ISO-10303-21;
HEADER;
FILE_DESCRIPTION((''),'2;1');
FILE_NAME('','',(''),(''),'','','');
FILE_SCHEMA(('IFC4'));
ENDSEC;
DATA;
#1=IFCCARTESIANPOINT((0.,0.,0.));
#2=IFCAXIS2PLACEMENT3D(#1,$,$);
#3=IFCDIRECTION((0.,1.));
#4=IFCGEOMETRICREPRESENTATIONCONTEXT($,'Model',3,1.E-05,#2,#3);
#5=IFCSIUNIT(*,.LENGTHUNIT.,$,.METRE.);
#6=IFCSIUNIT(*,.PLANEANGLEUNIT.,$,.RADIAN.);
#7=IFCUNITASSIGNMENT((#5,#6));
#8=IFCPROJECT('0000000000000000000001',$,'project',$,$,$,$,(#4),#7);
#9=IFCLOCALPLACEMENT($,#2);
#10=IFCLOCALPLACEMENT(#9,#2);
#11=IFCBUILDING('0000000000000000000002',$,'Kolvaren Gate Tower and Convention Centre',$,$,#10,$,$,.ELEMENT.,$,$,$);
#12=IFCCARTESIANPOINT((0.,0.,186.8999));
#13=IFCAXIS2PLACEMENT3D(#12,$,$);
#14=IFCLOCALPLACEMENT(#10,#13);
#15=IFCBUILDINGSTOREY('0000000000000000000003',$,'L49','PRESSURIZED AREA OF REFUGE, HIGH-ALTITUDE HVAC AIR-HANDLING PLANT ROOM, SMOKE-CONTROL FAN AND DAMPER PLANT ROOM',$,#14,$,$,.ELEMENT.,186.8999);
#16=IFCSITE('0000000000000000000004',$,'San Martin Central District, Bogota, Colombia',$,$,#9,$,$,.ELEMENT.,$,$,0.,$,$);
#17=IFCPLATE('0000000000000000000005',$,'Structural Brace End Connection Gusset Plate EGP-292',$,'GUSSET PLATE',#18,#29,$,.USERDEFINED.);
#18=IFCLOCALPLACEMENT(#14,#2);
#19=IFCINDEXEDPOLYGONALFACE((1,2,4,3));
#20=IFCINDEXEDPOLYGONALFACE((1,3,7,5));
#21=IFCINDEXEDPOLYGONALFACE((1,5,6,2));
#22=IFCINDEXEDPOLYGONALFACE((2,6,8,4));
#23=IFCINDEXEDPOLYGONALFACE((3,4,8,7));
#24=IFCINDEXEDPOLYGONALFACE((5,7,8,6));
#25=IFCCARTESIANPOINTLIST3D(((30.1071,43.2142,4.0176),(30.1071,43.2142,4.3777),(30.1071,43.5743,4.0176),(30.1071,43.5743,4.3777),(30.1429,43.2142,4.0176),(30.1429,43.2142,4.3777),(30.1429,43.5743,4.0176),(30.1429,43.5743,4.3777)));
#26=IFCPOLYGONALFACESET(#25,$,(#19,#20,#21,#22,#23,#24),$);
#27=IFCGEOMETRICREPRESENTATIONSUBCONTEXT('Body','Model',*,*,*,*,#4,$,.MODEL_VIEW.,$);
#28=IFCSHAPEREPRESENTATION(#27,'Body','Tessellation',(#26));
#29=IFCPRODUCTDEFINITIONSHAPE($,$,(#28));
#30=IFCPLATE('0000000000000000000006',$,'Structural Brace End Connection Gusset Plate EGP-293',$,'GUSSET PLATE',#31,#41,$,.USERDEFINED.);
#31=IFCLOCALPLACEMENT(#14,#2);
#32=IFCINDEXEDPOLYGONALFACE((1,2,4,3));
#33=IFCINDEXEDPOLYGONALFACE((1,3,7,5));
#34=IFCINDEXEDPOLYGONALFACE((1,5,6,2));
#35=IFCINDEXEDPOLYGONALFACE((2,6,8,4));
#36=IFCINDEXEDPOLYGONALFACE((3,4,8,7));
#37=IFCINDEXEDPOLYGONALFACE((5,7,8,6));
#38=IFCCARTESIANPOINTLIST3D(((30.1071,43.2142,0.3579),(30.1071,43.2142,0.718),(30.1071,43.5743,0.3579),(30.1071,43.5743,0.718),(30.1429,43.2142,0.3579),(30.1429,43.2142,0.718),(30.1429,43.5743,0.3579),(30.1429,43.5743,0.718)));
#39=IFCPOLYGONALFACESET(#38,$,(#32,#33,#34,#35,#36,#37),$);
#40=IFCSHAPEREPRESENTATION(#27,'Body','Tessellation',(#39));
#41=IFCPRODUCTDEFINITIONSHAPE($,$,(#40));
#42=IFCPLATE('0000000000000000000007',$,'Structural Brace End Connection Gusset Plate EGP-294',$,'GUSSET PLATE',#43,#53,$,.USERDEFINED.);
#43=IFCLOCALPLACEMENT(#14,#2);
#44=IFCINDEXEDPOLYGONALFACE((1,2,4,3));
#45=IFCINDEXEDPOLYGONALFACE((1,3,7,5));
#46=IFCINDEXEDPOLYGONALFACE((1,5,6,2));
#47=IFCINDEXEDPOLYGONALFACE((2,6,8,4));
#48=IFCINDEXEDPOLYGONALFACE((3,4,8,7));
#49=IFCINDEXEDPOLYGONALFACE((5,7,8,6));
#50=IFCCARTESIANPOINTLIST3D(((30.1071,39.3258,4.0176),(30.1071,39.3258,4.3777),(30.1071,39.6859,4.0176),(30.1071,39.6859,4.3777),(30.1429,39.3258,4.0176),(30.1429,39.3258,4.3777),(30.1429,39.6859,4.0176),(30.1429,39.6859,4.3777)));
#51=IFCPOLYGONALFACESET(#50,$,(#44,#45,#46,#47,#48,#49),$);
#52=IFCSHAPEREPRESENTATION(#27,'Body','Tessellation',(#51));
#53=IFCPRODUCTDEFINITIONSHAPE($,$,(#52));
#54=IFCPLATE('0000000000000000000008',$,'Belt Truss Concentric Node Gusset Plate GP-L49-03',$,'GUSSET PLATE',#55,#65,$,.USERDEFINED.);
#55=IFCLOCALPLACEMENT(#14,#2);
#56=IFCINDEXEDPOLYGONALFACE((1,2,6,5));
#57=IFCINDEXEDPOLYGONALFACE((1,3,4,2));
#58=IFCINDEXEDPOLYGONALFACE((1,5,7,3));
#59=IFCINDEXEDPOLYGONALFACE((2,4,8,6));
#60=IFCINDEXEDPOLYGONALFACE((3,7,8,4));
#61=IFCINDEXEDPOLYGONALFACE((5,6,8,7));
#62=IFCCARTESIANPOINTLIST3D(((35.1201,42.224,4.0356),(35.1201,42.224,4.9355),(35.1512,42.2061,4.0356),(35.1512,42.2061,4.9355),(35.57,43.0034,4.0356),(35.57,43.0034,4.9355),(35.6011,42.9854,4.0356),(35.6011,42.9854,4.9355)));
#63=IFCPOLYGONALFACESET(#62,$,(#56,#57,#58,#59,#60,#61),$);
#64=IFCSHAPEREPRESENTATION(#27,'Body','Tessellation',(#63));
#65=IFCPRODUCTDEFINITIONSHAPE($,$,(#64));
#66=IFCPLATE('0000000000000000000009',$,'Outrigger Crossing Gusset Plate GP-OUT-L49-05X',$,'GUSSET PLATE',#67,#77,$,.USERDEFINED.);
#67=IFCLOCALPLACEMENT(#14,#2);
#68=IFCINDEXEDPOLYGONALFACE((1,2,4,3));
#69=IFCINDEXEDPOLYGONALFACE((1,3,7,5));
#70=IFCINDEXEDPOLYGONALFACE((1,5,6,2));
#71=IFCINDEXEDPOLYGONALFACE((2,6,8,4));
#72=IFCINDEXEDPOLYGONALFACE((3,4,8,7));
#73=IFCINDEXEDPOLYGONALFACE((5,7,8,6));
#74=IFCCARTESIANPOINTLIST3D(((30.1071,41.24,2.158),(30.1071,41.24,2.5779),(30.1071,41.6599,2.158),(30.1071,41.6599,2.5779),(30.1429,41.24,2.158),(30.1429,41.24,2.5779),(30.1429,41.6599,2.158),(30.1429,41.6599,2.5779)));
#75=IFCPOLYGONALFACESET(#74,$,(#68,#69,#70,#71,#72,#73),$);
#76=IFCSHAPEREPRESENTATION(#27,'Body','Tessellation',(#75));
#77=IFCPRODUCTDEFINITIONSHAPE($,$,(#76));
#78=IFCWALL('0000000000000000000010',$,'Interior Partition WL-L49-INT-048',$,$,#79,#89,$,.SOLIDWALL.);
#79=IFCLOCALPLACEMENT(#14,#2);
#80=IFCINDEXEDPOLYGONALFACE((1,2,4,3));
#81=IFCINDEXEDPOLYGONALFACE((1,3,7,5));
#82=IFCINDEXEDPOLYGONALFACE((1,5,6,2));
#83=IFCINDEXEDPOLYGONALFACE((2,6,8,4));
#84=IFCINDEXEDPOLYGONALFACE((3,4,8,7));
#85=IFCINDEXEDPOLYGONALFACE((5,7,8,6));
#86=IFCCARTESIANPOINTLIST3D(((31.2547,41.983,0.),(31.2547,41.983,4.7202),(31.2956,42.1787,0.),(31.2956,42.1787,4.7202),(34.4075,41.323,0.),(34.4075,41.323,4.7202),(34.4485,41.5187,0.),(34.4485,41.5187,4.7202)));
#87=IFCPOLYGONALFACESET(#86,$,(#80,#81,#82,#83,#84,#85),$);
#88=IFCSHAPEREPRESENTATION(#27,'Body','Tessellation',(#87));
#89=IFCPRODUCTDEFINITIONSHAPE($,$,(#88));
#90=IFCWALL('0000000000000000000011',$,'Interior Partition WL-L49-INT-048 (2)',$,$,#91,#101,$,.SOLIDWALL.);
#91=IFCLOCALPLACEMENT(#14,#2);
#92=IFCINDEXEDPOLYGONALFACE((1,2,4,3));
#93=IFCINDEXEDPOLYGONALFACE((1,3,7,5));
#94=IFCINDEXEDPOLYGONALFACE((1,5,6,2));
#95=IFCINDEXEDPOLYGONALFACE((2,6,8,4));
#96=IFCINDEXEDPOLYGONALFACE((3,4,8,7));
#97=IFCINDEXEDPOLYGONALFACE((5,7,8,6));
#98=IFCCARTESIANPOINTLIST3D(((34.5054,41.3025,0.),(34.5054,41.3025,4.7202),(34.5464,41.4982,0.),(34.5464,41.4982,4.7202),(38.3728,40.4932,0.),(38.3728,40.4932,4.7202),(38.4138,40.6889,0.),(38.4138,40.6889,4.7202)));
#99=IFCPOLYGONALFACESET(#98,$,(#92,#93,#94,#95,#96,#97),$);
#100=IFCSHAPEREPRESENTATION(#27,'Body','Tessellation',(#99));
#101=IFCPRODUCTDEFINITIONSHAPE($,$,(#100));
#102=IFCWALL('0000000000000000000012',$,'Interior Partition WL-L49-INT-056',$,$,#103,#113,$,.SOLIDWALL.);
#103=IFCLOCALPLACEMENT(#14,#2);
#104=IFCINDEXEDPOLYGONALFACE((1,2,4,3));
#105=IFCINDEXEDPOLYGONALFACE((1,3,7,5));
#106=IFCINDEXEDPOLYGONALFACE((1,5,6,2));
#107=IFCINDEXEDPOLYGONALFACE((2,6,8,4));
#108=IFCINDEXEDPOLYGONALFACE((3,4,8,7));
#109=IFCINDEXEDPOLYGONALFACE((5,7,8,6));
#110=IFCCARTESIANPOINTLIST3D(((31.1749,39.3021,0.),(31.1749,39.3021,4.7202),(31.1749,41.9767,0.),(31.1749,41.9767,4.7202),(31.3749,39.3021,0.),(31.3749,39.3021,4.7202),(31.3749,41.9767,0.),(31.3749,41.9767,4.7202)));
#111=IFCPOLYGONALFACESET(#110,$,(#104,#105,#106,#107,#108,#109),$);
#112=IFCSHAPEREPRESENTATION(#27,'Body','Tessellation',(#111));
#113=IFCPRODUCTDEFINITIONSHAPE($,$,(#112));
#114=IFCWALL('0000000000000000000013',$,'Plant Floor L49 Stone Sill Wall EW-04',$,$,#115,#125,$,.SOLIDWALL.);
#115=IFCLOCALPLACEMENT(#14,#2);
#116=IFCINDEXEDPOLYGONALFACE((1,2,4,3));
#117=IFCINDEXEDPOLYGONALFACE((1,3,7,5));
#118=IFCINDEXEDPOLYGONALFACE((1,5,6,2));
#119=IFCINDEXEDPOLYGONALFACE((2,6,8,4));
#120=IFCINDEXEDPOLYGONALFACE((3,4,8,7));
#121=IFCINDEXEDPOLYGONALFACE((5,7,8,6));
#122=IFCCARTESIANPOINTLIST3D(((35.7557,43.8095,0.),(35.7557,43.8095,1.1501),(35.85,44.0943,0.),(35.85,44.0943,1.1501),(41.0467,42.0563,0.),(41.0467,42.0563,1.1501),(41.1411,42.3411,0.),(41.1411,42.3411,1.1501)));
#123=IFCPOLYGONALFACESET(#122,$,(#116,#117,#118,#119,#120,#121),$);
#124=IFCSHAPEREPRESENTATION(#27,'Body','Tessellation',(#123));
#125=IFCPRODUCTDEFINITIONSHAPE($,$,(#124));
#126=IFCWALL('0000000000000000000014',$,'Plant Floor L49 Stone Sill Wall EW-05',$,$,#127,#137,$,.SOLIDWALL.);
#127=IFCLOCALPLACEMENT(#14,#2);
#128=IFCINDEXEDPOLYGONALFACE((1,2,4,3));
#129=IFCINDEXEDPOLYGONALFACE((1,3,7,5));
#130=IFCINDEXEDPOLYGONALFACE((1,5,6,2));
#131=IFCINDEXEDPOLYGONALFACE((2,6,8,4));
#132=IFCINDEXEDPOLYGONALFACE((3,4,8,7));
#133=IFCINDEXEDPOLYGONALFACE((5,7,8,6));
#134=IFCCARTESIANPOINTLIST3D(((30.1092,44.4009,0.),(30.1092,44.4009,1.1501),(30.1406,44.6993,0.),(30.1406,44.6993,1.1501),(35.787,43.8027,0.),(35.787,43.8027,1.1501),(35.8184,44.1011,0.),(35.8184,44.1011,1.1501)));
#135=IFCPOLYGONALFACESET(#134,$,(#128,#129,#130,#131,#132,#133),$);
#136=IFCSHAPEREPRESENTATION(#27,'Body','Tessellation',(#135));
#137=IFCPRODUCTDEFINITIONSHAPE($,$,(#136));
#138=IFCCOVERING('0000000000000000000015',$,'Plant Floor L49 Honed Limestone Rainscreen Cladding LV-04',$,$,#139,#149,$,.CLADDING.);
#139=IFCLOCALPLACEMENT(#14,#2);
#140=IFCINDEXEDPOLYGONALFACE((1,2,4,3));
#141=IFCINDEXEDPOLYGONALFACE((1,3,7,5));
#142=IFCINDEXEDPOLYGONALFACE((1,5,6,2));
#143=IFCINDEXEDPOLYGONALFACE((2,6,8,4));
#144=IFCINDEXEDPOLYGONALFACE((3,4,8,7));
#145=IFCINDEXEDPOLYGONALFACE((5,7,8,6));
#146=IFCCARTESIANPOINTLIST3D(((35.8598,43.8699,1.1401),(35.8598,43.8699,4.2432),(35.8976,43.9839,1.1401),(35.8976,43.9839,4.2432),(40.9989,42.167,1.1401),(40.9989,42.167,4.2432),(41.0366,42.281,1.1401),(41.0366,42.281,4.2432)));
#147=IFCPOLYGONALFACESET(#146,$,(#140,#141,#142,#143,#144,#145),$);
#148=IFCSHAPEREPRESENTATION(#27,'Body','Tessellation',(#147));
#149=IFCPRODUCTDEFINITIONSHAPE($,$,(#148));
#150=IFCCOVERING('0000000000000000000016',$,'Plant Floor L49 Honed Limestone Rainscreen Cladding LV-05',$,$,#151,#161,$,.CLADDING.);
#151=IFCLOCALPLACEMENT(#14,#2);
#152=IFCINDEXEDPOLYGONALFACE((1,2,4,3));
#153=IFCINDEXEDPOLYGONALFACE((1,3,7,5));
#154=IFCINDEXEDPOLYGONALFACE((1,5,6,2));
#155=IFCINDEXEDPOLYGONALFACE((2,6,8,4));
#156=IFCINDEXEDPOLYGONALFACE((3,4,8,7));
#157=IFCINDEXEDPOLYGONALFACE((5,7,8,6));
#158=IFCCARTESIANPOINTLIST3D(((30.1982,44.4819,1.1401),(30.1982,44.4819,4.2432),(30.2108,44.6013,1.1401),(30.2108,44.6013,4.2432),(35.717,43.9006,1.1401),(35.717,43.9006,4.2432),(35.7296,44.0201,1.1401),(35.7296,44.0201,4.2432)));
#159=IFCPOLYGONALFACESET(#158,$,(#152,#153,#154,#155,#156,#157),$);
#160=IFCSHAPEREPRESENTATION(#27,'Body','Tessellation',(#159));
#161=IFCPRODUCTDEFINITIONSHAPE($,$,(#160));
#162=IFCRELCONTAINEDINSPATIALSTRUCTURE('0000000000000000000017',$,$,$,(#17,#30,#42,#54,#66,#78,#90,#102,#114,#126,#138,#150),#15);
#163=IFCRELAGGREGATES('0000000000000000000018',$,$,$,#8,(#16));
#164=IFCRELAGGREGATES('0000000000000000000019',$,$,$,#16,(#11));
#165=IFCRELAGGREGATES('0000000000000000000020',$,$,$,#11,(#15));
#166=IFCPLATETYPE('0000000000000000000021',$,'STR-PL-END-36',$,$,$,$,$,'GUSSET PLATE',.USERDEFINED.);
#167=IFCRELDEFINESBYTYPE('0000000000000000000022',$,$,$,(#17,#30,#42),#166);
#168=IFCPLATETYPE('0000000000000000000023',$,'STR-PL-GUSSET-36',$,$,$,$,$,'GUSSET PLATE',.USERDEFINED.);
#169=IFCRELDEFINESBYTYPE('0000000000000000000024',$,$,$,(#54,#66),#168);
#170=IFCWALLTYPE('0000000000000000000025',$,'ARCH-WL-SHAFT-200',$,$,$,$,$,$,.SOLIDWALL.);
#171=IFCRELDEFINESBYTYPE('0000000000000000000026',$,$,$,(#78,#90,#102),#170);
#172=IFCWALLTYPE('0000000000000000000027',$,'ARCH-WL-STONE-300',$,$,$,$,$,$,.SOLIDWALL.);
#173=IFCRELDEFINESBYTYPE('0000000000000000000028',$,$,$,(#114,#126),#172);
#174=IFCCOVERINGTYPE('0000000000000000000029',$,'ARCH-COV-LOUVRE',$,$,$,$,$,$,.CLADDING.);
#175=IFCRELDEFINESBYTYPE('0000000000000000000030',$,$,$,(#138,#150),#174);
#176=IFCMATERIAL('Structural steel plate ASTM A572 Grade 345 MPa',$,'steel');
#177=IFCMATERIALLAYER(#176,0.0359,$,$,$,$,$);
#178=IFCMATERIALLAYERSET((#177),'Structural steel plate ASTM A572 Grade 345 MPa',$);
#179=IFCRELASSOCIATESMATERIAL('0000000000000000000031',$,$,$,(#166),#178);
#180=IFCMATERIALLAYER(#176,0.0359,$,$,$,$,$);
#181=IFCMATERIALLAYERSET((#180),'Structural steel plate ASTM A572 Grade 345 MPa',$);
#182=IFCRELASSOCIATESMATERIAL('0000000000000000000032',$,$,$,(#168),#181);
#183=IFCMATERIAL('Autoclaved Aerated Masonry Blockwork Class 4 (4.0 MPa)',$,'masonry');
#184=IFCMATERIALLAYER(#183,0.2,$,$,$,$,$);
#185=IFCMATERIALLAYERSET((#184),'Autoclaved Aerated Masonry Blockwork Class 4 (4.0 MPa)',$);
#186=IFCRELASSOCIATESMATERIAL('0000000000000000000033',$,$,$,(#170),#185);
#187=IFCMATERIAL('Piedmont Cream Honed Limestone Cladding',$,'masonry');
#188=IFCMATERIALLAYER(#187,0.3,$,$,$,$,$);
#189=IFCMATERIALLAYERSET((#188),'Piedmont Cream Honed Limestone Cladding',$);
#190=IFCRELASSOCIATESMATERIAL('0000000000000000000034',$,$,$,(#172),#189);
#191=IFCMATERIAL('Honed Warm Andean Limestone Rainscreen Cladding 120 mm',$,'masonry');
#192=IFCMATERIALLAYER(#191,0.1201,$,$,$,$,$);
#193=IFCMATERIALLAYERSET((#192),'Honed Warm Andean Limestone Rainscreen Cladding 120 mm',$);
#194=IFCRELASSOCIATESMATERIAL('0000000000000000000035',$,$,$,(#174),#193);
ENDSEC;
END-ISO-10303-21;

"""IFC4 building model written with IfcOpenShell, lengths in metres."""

from ifc_helpers import new_model, si_unit, direction, frame, frame_2d, origin, origin_2d, place, context, subcontext, project, spatial, rectangle, extrude, material, layer, layer_set, type_object, element, save


model = new_model("IFC4")

# Units and contexts
model_context = context("Model", 3, precision=1e-05, world=origin(), true_north=direction((0.0, 1.0)))
body_context = subcontext(model_context, "Body", "Model", "MODEL_VIEW")
ifc_project = project(units=[si_unit("LENGTHUNIT", "METRE"), si_unit("PLANEANGLEUNIT", "RADIAN")], contexts=[model_context])

# Site, building, storey
site_placement = place(None, origin())
site = spatial("IfcSite", under=ifc_project, at=site_placement, Name="San Martin Central District, Bogota, Colombia", CompositionType="ELEMENT", RefElevation=0.0)
building_placement = place(site_placement, origin())
building = spatial("IfcBuilding", under=site, at=building_placement, Name="Kolvaren Gate Tower and Convention Centre", CompositionType="ELEMENT")
storey_placement = place(building_placement, frame((0.0, 0.0, 186.8999)))
storey = spatial("IfcBuildingStorey", under=building, at=storey_placement, Name="L49", Description="PRESSURIZED AREA OF REFUGE, HIGH-ALTITUDE HVAC AIR-HANDLING PLANT ROOM, SMOKE-CONTROL FAN AND DAMPER PLANT ROOM", CompositionType="ELEMENT", Elevation=186.8999)

# Plates
ifc_material_1 = material(Name="Structural steel plate ASTM A572 Grade 345 MPa", Category="steel")
ifc_layer_1 = layer(ifc_material_1, 0.0359)
ifc_layer_set_1 = layer_set([ifc_layer_1], Name="Structural steel plate ASTM A572 Grade 345 MPa")
plate_type_1 = type_object("IfcPlateType", Name="STR-PL-END-36", ElementType="GUSSET PLATE", PredefinedType="USERDEFINED", material=ifc_layer_set_1)
for number, where, z_axis, x_axis, name in (
    (1, (30.125, 43.3943, 4.0176), (0.0, 0.0, 1.0), (0.0, 1.0, 0.0), "Structural Brace End Connection Gusset Plate EGP-292"),
    (2, (30.125, 43.3943, 0.3579), (0.0, 0.0, 1.0), (0.0, -1.0, 0.0), "Structural Brace End Connection Gusset Plate EGP-293"),
    (3, (30.125, 39.5059, 4.0176), (0.0, 0.0, 1.0), (0.0, -1.0, 0.0), "Structural Brace End Connection Gusset Plate EGP-294"),
):
    element("IfcPlate", number, at=place(storey_placement, frame(where, z_axis=z_axis, x_axis=x_axis)), inside=storey, type_object=plate_type_1, Name=name, ObjectType="GUSSET PLATE", PredefinedType="USERDEFINED", context=body_context, shape_type="SweptSolid", body=[
        extrude(rectangle(XDim=0.3601, YDim=0.0359, at=origin_2d()), origin(), (0.0, 0.0, 1.0), 0.3601),
    ])
ifc_layer_2 = layer(ifc_material_1, 0.0359)
ifc_layer_set_2 = layer_set([ifc_layer_2], Name="Structural steel plate ASTM A572 Grade 345 MPa")
plate_type_2 = type_object("IfcPlateType", Name="STR-PL-GUSSET-36", ElementType="GUSSET PLATE", PredefinedType="USERDEFINED", material=ifc_layer_set_2)
plate_1_placement = place(storey_placement, frame((35.3606, 42.6047, 4.0356), z_axis=(0.0, 0.0, 1.0), x_axis=(0.5, 0.866025, 0.0)))
element("IfcPlate", 4, at=plate_1_placement, inside=storey, type_object=plate_type_2, Name="Belt Truss Concentric Node Gusset Plate GP-L49-03", ObjectType="GUSSET PLATE", PredefinedType="USERDEFINED", context=body_context, shape_type="SweptSolid", body=[
    extrude(rectangle(XDim=0.8999, YDim=0.0359, at=origin_2d()), origin(), (0.0, 0.0, 1.0), 0.8999),
])
plate_2_placement = place(storey_placement, frame((30.125, 41.45, 2.158), z_axis=(0.0, 0.0, 1.0), x_axis=(0.0, 1.0, 0.0)))
element("IfcPlate", 5, at=plate_2_placement, inside=storey, type_object=plate_type_2, Name="Outrigger Crossing Gusset Plate GP-OUT-L49-05X", ObjectType="GUSSET PLATE", PredefinedType="USERDEFINED", context=body_context, shape_type="SweptSolid", body=[
    extrude(rectangle(XDim=0.4199, YDim=0.0359, at=origin_2d()), origin(), (0.0, 0.0, 1.0), 0.4199),
])

# Walls
ifc_material_2 = material(Name="Autoclaved Aerated Masonry Blockwork Class 4 (4.0 MPa)", Category="masonry")
ifc_layer_3 = layer(ifc_material_2, 0.2)
ifc_layer_set_3 = layer_set([ifc_layer_3], Name="Autoclaved Aerated Masonry Blockwork Class 4 (4.0 MPa)")
wall_type_1 = type_object("IfcWallType", Name="ARCH-WL-SHAFT-200", PredefinedType="SOLIDWALL", material=ifc_layer_set_3)
wall_1_placement = place(storey_placement, frame((31.2751, 42.0808, 0.0), z_axis=(0.0, 0.0, 1.0), x_axis=(0.97879, -0.204868, 0.0)))
element("IfcWall", 6, at=wall_1_placement, inside=storey, type_object=wall_type_1, Name="Interior Partition WL-L49-INT-048", PredefinedType="SOLIDWALL", context=body_context, shape_type="SweptSolid", body=[
    extrude(rectangle(XDim=3.2212, YDim=0.2, at=frame_2d((1.6106, 0.0))), origin(), (0.0, 0.0, 1.0), 4.7202),
])
wall_2_placement = place(storey_placement, frame((34.5259, 41.4004, 0.0), z_axis=(0.0, 0.0, 1.0), x_axis=(0.978798, -0.20483, 0.0)))
element("IfcWall", 7, at=wall_2_placement, inside=storey, type_object=wall_type_1, Name="Interior Partition WL-L49-INT-048 (2)", PredefinedType="SOLIDWALL", context=body_context, shape_type="SweptSolid", body=[
    extrude(rectangle(XDim=3.9512, YDim=0.2, at=frame_2d((1.9756, 0.0))), origin(), (0.0, 0.0, 1.0), 4.7202),
])
wall_3_placement = place(storey_placement, frame((31.2749, 39.302, 0.0), z_axis=(0.0, 0.0, 1.0), x_axis=(0.0, 1.0, 0.0)))
element("IfcWall", 8, at=wall_3_placement, inside=storey, type_object=wall_type_1, Name="Interior Partition WL-L49-INT-056", PredefinedType="SOLIDWALL", context=body_context, shape_type="SweptSolid", body=[
    extrude(rectangle(XDim=2.6746, YDim=0.2, at=frame_2d((1.3374, 0.0))), origin(), (0.0, 0.0, 1.0), 4.7202),
])
ifc_material_3 = material(Name="Piedmont Cream Honed Limestone Cladding", Category="masonry")
ifc_layer_4 = layer(ifc_material_3, 0.3)
ifc_layer_set_4 = layer_set([ifc_layer_4], Name="Piedmont Cream Honed Limestone Cladding")
wall_type_2 = type_object("IfcWallType", Name="ARCH-WL-STONE-300", PredefinedType="SOLIDWALL", material=ifc_layer_set_4)
wall_4_placement = place(storey_placement, frame((35.8027, 43.9519, 0.0), z_axis=(0.0, 0.0, 1.0), x_axis=(0.949247, -0.314532, 0.0)))
element("IfcWall", 9, at=wall_4_placement, inside=storey, type_object=wall_type_2, Name="Plant Floor L49 Stone Sill Wall EW-04", PredefinedType="SOLIDWALL", context=body_context, shape_type="SweptSolid", body=[
    extrude(rectangle(XDim=5.574, YDim=0.3, at=frame_2d((2.7871, 0.0))), origin(), (0.0, 0.0, 1.0), 1.1501),
])
wall_5_placement = place(storey_placement, frame((30.125, 44.55, 0.0), z_axis=(0.0, 0.0, 1.0), x_axis=(0.994497, -0.104769, 0.0)))
element("IfcWall", 10, at=wall_5_placement, inside=storey, type_object=wall_type_2, Name="Plant Floor L49 Stone Sill Wall EW-05", PredefinedType="SOLIDWALL", context=body_context, shape_type="SweptSolid", body=[
    extrude(rectangle(XDim=5.7092, YDim=0.3, at=frame_2d((2.8545, 0.0))), origin(), (0.0, 0.0, 1.0), 1.1501),
])

# Coverings
ifc_material_4 = material(Name="Honed Warm Andean Limestone Rainscreen Cladding 120 mm", Category="masonry")
ifc_layer_5 = layer(ifc_material_4, 0.1201)
ifc_layer_set_5 = layer_set([ifc_layer_5], Name="Honed Warm Andean Limestone Rainscreen Cladding 120 mm")
covering_type = type_object("IfcCoveringType", Name="ARCH-COV-LOUVRE", PredefinedType="CLADDING", material=ifc_layer_set_5)
covering_1_placement = place(storey_placement, frame((38.4482, 43.0754, 1.1401), z_axis=(0.0, 0.0, 1.0), x_axis=(0.94924, -0.314554, 0.0)))
element("IfcCovering", 11, at=covering_1_placement, inside=storey, type_object=covering_type, Name="Plant Floor L49 Honed Limestone Rainscreen Cladding LV-04", PredefinedType="CLADDING", context=body_context, shape_type="SweptSolid", body=[
    extrude(rectangle(XDim=5.4138, YDim=0.1201, at=origin_2d()), origin(), (0.0, 0.0, 1.0), 3.103),
])
covering_2_placement = place(storey_placement, frame((32.9639, 44.251, 1.1401), z_axis=(0.0, 0.0, 1.0), x_axis=(0.994499, -0.104744, 0.0)))
element("IfcCovering", 12, at=covering_2_placement, inside=storey, type_object=covering_type, Name="Plant Floor L49 Honed Limestone Rainscreen Cladding LV-05", PredefinedType="CLADDING", context=body_context, shape_type="SweptSolid", body=[
    extrude(rectangle(XDim=5.5493, YDim=0.1201, at=origin_2d()), origin(), (0.0, 0.0, 1.0), 3.103),
])

save(model, "model.ifc")
